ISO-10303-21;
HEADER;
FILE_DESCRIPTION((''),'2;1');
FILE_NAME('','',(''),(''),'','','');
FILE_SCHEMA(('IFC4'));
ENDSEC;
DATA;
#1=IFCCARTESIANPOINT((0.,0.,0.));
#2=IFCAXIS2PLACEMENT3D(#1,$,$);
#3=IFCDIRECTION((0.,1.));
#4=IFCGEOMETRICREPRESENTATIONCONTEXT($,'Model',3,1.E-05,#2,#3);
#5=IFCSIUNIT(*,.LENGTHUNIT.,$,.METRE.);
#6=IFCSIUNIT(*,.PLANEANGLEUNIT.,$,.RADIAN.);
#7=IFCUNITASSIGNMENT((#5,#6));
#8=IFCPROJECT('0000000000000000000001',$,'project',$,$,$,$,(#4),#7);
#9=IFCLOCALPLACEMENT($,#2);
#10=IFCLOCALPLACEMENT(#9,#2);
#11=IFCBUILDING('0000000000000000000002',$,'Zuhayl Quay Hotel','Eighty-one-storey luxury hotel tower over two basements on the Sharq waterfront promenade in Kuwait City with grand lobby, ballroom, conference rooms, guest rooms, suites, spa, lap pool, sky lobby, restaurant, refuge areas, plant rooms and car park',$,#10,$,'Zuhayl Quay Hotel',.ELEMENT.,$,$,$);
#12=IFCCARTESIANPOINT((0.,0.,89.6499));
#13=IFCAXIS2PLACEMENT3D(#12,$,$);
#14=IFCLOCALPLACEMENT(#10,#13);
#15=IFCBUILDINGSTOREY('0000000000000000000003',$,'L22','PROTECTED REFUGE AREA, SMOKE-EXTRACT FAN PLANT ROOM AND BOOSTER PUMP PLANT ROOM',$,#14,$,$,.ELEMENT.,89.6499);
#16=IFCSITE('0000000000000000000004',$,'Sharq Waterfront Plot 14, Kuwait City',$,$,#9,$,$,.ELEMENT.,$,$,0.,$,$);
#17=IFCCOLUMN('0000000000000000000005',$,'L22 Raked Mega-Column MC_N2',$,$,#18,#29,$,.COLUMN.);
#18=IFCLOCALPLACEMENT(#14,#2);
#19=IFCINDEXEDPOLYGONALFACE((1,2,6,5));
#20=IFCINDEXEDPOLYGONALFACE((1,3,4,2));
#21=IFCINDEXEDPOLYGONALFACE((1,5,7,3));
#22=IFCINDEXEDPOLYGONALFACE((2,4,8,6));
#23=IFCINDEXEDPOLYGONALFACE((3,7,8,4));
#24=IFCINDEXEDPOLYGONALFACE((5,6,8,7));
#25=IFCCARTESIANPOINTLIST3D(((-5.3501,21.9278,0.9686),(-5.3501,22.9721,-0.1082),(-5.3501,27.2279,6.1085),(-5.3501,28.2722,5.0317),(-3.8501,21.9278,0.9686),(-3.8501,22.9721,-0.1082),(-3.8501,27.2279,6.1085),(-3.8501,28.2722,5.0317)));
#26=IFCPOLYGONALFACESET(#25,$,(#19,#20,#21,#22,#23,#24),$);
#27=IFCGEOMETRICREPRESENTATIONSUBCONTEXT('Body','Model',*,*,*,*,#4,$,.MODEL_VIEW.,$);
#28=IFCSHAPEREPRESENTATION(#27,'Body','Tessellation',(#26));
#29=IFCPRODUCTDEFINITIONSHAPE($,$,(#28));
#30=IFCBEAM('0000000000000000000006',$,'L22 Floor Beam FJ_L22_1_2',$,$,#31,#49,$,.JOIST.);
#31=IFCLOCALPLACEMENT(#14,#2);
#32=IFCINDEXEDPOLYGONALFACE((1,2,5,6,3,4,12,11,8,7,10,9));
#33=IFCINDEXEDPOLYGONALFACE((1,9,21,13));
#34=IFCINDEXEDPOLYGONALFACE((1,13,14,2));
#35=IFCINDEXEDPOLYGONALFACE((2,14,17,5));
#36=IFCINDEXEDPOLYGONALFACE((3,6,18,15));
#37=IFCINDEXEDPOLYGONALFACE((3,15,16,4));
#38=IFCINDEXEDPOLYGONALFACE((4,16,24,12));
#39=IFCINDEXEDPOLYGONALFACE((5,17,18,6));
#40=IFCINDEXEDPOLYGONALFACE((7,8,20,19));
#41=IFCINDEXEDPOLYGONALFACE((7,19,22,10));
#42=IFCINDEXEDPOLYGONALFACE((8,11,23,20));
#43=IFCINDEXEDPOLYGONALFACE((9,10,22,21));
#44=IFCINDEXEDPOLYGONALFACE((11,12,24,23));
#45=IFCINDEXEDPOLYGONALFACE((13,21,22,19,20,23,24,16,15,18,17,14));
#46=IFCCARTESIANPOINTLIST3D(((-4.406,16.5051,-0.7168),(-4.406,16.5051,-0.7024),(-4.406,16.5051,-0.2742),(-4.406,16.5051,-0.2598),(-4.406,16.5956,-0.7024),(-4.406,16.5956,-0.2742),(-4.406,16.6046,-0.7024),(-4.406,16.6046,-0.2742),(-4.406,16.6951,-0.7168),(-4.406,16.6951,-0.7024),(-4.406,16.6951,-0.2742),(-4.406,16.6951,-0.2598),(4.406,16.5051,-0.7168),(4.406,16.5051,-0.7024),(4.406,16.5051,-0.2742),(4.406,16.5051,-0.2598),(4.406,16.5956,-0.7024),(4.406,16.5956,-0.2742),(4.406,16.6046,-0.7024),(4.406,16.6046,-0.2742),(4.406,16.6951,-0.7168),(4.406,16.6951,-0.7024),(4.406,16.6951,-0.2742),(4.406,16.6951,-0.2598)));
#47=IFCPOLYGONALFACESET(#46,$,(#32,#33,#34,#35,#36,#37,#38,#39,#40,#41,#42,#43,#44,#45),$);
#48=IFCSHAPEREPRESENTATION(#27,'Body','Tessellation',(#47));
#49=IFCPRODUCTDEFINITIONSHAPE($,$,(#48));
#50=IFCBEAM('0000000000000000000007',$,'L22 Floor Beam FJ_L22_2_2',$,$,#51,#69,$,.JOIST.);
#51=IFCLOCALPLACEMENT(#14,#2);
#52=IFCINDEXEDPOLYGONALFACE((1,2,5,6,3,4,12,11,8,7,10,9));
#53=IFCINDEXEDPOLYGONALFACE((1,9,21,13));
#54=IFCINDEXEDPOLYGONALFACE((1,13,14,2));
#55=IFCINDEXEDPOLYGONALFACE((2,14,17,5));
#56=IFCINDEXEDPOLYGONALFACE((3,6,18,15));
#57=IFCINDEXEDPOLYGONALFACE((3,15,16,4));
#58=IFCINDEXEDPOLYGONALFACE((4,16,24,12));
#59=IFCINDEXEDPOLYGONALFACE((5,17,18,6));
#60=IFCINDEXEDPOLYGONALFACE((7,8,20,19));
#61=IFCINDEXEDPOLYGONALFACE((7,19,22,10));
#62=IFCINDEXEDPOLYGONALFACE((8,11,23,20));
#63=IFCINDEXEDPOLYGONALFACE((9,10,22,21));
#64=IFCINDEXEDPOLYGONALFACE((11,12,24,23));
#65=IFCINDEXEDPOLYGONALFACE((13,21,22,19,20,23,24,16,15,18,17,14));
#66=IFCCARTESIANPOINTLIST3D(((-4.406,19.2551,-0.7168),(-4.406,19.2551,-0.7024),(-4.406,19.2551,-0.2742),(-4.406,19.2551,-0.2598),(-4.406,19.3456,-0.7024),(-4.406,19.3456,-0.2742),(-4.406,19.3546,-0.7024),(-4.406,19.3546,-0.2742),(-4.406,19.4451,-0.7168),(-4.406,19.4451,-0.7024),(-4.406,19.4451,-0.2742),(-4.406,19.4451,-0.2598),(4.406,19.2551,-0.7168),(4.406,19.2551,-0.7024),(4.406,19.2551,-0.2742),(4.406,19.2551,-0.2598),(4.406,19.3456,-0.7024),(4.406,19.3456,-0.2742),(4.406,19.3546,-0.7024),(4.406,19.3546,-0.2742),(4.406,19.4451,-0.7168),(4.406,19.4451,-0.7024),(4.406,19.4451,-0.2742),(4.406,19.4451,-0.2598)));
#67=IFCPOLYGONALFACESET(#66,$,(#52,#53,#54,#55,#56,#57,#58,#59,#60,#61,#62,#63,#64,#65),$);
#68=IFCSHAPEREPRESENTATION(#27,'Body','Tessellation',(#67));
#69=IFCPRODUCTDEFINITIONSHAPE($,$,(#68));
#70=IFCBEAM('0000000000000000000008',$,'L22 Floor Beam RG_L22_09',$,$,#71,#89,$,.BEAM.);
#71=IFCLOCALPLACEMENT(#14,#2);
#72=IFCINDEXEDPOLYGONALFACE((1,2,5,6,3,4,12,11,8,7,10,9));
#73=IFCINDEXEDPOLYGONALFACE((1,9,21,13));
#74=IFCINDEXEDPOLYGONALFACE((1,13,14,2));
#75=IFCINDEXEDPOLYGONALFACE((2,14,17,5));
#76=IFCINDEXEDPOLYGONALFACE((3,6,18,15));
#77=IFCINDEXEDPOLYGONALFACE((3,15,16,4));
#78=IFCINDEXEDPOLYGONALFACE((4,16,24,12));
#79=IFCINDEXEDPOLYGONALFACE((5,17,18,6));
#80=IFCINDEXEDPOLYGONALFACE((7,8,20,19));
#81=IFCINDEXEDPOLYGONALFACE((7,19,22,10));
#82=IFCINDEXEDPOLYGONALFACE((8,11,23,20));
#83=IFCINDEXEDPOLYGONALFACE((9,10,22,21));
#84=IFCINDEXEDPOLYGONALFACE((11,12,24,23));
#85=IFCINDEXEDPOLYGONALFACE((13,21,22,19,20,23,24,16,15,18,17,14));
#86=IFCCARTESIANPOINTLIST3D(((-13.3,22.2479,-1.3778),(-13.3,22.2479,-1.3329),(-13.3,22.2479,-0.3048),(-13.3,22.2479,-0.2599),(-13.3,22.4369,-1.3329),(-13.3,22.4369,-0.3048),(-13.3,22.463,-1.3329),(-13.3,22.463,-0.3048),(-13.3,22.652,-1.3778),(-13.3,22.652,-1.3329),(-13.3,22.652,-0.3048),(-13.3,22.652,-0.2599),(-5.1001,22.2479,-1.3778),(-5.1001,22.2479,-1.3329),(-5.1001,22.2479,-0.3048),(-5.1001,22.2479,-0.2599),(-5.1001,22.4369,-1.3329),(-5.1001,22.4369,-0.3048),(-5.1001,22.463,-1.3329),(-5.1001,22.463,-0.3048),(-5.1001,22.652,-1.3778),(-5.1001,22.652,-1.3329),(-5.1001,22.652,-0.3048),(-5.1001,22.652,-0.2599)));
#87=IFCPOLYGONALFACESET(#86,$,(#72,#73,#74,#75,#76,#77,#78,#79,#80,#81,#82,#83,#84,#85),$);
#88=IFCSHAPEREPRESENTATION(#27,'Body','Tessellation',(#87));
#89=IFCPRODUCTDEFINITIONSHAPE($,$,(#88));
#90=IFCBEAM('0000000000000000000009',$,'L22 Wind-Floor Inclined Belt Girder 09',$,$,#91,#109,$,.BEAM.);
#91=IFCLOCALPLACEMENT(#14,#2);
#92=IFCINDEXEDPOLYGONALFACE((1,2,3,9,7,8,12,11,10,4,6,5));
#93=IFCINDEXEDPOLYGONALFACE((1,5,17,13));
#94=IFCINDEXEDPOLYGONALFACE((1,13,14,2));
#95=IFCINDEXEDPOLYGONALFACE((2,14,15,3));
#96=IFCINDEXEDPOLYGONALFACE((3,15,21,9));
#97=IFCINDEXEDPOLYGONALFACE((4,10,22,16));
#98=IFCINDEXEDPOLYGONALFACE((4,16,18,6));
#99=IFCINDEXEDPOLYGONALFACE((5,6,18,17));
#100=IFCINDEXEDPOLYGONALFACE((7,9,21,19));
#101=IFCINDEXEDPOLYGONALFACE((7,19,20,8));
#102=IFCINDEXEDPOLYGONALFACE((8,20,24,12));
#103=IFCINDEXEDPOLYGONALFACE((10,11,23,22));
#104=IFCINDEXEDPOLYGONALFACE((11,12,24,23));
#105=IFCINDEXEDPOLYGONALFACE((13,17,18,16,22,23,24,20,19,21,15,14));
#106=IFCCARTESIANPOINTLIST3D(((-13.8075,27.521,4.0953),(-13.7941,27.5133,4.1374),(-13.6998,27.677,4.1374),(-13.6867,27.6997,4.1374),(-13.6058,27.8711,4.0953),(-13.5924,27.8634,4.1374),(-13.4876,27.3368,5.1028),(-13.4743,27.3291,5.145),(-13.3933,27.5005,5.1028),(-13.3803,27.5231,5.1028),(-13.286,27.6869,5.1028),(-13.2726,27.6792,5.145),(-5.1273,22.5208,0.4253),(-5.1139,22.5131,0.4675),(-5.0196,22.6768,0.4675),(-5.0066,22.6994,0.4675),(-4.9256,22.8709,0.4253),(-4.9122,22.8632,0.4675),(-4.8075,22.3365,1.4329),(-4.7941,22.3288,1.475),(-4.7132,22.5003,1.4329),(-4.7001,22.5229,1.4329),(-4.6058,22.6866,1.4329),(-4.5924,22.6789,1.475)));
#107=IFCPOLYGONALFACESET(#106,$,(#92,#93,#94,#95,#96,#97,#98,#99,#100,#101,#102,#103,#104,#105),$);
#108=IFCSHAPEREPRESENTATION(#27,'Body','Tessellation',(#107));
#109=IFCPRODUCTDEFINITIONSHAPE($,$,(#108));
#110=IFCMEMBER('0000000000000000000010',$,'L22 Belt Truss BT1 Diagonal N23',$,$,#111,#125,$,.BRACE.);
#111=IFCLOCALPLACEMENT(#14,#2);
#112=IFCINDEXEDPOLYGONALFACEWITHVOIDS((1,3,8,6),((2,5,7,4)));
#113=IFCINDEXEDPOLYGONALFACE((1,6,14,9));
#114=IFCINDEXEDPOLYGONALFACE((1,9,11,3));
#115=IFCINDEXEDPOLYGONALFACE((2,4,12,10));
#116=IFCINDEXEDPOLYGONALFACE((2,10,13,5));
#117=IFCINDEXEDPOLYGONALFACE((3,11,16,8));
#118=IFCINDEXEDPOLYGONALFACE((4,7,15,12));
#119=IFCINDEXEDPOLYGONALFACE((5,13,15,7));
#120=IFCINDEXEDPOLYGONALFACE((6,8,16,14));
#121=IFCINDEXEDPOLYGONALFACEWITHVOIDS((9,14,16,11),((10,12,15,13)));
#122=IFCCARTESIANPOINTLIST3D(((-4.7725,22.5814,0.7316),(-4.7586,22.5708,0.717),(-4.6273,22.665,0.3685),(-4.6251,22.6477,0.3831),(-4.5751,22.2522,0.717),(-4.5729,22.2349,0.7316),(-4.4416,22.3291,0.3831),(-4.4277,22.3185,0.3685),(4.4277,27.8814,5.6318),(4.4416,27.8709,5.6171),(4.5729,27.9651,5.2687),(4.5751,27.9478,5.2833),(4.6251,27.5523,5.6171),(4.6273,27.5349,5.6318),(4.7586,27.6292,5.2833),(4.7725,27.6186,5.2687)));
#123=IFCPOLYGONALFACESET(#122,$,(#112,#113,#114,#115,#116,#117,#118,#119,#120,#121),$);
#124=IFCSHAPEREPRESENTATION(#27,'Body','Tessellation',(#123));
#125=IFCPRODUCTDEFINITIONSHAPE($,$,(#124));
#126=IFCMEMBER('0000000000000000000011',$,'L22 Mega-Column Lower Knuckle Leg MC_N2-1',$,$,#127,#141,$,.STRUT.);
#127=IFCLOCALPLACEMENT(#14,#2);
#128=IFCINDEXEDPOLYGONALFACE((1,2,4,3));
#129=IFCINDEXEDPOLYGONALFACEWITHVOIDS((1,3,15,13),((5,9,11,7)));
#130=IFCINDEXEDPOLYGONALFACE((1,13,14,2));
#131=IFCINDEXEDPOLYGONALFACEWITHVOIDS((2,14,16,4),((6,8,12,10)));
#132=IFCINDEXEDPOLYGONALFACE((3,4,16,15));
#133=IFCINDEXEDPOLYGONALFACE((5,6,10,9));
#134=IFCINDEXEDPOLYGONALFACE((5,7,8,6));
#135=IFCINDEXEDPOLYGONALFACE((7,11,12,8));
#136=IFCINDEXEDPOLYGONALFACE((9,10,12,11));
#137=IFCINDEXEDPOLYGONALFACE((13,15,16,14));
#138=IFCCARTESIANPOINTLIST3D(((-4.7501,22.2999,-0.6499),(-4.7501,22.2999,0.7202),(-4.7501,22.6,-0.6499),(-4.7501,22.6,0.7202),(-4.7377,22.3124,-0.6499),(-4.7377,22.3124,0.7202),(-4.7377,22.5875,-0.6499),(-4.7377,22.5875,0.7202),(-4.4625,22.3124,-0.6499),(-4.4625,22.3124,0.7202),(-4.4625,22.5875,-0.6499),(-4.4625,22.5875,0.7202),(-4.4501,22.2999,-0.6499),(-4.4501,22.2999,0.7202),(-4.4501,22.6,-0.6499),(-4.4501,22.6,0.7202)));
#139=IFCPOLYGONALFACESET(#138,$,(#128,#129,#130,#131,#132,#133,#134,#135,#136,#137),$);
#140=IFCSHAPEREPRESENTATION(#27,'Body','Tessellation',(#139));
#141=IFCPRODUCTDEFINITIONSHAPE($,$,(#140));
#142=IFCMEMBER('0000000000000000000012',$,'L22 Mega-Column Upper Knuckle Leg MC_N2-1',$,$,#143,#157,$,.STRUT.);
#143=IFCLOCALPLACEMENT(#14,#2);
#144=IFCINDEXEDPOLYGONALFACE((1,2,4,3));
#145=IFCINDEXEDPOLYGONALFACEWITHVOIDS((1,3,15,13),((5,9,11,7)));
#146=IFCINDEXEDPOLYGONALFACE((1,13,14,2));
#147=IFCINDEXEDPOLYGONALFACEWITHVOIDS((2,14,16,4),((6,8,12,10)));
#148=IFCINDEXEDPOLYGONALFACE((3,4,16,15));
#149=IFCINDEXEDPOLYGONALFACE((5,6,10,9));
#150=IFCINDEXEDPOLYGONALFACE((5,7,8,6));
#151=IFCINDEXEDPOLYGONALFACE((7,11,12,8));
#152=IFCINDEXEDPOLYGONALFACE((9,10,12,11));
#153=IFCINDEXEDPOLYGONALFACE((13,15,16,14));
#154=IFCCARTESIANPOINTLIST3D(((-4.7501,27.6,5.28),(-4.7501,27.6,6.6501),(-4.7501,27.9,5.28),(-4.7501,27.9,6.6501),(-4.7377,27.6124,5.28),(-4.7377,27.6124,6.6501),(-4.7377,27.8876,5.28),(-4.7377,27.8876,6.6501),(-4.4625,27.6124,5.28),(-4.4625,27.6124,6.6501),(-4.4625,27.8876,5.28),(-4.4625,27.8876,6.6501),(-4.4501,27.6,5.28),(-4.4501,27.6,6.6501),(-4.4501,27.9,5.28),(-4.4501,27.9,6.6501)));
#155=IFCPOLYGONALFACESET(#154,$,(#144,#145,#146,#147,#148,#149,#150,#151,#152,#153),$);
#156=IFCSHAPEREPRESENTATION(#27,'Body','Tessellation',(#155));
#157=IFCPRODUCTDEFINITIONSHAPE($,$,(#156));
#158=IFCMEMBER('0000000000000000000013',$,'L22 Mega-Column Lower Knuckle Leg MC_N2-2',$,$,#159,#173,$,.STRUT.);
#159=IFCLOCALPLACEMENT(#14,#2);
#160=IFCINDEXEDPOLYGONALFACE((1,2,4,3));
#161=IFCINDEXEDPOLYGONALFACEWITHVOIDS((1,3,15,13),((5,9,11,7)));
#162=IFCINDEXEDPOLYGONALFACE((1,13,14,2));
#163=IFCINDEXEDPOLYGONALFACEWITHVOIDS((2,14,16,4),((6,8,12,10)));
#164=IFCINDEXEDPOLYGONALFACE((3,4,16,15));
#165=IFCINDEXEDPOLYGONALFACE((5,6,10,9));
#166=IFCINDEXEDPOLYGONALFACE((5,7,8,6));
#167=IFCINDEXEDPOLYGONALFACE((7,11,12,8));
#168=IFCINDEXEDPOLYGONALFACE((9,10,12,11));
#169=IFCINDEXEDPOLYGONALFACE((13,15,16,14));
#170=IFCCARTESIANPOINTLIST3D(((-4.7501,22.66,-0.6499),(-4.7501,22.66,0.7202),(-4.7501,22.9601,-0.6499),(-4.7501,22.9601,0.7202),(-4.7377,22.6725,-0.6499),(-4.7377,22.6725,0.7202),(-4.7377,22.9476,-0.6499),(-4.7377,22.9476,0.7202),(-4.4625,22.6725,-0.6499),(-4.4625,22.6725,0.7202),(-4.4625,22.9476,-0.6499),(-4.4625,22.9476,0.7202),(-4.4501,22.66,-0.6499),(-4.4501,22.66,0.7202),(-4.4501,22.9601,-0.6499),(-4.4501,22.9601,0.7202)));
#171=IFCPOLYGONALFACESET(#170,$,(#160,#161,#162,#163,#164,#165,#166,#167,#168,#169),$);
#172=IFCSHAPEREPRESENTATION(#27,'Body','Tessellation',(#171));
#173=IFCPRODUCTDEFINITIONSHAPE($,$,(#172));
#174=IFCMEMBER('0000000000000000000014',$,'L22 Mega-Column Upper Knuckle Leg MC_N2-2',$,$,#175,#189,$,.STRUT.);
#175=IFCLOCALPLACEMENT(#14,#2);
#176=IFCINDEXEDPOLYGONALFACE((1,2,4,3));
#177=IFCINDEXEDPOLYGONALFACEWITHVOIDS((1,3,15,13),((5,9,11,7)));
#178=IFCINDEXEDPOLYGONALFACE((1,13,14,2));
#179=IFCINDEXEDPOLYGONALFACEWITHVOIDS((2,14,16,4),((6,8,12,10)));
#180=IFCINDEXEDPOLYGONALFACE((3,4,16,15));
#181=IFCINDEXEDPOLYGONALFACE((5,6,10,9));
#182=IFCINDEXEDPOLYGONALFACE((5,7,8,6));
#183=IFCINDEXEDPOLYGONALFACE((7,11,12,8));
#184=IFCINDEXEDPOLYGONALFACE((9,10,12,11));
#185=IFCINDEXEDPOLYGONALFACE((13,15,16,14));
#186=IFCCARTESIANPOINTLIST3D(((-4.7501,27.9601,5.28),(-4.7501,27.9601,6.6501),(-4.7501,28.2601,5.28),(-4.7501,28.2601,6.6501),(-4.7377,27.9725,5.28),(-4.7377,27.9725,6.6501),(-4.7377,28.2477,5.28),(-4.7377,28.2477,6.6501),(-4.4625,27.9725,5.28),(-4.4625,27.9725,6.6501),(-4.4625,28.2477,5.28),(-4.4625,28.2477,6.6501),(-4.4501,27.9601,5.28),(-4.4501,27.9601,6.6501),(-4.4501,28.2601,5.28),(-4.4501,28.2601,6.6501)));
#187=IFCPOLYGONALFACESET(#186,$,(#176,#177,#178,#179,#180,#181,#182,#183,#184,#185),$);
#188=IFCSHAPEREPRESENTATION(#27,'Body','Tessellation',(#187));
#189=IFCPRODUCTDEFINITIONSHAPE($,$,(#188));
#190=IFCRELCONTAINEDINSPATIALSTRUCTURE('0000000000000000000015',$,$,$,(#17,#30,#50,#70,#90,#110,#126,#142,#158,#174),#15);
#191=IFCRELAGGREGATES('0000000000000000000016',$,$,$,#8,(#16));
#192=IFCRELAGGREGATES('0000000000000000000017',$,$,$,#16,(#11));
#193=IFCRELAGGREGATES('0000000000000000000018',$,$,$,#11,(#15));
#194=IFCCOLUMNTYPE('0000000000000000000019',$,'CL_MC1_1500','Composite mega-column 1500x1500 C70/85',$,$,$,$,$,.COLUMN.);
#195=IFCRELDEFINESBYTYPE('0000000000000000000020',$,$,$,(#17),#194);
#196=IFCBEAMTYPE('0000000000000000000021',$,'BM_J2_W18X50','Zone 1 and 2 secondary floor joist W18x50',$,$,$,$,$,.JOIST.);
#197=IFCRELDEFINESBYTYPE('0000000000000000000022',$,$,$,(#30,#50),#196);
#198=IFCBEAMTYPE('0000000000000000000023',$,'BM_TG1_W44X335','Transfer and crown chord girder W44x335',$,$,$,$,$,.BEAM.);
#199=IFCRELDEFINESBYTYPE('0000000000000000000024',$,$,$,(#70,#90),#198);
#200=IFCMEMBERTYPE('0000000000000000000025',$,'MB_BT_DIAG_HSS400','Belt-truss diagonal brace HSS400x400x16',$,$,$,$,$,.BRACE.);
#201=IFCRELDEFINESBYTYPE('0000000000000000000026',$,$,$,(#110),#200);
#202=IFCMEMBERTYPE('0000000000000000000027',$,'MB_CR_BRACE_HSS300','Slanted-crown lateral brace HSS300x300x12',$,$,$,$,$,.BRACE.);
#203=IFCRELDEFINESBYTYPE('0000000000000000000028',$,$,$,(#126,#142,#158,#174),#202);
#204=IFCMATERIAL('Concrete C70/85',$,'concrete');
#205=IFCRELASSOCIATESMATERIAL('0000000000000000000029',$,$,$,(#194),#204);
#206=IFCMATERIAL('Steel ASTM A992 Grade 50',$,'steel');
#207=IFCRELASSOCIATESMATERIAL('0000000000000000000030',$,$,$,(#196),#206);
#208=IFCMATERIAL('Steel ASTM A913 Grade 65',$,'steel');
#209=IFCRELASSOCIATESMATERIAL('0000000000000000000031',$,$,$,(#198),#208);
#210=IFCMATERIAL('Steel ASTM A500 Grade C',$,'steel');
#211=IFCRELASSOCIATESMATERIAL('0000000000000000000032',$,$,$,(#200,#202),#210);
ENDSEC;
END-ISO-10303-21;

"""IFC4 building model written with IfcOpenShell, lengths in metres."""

from ifc_helpers import new_model, si_unit, direction, frame, origin, origin_2d, place, context, subcontext, project, spatial, rectangle, hollow_rectangle, i_section, extrude, material, material_profile, profile_set, type_object, element, save


model = new_model("IFC4")

# Units and contexts
model_context = context("Model", 3, precision=1e-05, world=origin(), true_north=direction((0.0, 1.0)))
body_context = subcontext(model_context, "Body", "Model", "MODEL_VIEW")
ifc_project = project(units=[si_unit("LENGTHUNIT", "METRE"), si_unit("PLANEANGLEUNIT", "RADIAN")], contexts=[model_context])

# Site, building, storey
site_placement = place(None, origin())
site = spatial("IfcSite", under=ifc_project, at=site_placement, Name="Sharq Waterfront Plot 14, Kuwait City", CompositionType="ELEMENT", RefElevation=0.0)
building_placement = place(site_placement, origin())
building = spatial("IfcBuilding", under=site, at=building_placement, Name="Zuhayl Quay Hotel", Description="Eighty-one-storey luxury hotel tower over two basements on the Sharq waterfront promenade in Kuwait City with grand lobby, ballroom, conference rooms, guest rooms, suites, spa, lap pool, sky lobby, restaurant, refuge areas, plant rooms and car park", LongName="Zuhayl Quay Hotel", CompositionType="ELEMENT")
storey_placement = place(building_placement, frame((0.0, 0.0, 89.6499)))
storey = spatial("IfcBuildingStorey", under=building, at=storey_placement, Name="L22", Description="PROTECTED REFUGE AREA, SMOKE-EXTRACT FAN PLANT ROOM AND BOOSTER PUMP PLANT ROOM", CompositionType="ELEMENT", Elevation=89.6499)

# Column
ifc_material_1 = material(Name="Concrete C70/85", Category="concrete")
ifc_material_profile_1 = material_profile(ifc_material_1, rectangle(XDim=1.5, YDim=1.5, at=origin_2d()), Name="RC1500X1500")
ifc_profile_set_1 = profile_set([ifc_material_profile_1], Name="Concrete C70/85")
column_type = type_object("IfcColumnType", Name="CL_MC1_1500", Description="Composite mega-column 1500x1500 C70/85", PredefinedType="COLUMN", material=ifc_profile_set_1)
column_placement = place(storey_placement, frame((-4.6001, 22.45, 0.4302), z_axis=(0.0, 0.71787, 0.696177), x_axis=(-1.0, 0.0, 0.0)))
element("IfcColumn", 1, at=column_placement, inside=storey, type_object=column_type, Name="L22 Raked Mega-Column MC_N2", PredefinedType="COLUMN", context=body_context, shape_type="SweptSolid", body=[
    extrude(rectangle(XDim=1.5, YDim=1.5, at=origin_2d()), origin(), (0.0, 0.0, 1.0), 7.3831),
])

# Beams
ifc_material_2 = material(Name="Steel ASTM A992 Grade 50", Category="steel")
ifc_material_profile_2 = material_profile(ifc_material_2, i_section(OverallWidth=0.1899, OverallDepth=0.457, WebThickness=0.009, FlangeThickness=0.0144, at=origin_2d()), Name="W18X50")
ifc_profile_set_2 = profile_set([ifc_material_profile_2], Name="Steel ASTM A992 Grade 50")
beam_type_1 = type_object("IfcBeamType", Name="BM_J2_W18X50", Description="Zone 1 and 2 secondary floor joist W18x50", PredefinedType="JOIST", material=ifc_profile_set_2)
for number, where, z_axis, x_axis, name in (
    (2, (-4.406, 16.6001, -0.4883), (1.0, 0.0, 0.0), (0.0, 1.0, 0.0), "L22 Floor Beam FJ_L22_1_2"),
    (3, (-4.406, 19.3501, -0.4883), (1.0, 0.0, 0.0), (0.0, 1.0, 0.0), "L22 Floor Beam FJ_L22_2_2"),
):
    element("IfcBeam", number, at=place(storey_placement, frame(where, z_axis=z_axis, x_axis=x_axis)), inside=storey, type_object=beam_type_1, Name=name, PredefinedType="JOIST", context=body_context, shape_type="SweptSolid", body=[
        extrude(i_section(OverallWidth=0.1899, OverallDepth=0.457, WebThickness=0.009, FlangeThickness=0.0144, at=origin_2d()), origin(), (0.0, 0.0, 1.0), 8.812),
    ])
ifc_material_3 = material(Name="Steel ASTM A913 Grade 65", Category="steel")
ifc_material_profile_3 = material_profile(ifc_material_3, i_section(OverallWidth=0.4041, OverallDepth=1.1179, WebThickness=0.0261, FlangeThickness=0.0449, at=origin_2d()), Name="W44X335")
ifc_profile_set_3 = profile_set([ifc_material_profile_3], Name="Steel ASTM A913 Grade 65")
beam_type_2 = type_object("IfcBeamType", Name="BM_TG1_W44X335", Description="Transfer and crown chord girder W44x335", PredefinedType="BEAM", material=ifc_profile_set_3)
beam_1_placement = place(storey_placement, frame((-5.1001, 22.45, -0.8188), z_axis=(-1.0, 0.0, 0.0), x_axis=(0.0, -1.0, 0.0)))
element("IfcBeam", 4, at=beam_1_placement, inside=storey, type_object=beam_type_2, Name="L22 Floor Beam RG_L22_09", PredefinedType="BEAM", context=body_context, shape_type="SweptSolid", body=[
    extrude(i_section(OverallWidth=0.4041, OverallDepth=1.1179, WebThickness=0.0261, FlangeThickness=0.0449, at=origin_2d()), origin(), (0.0, 0.0, 1.0), 8.2),
])
beam_2_placement = place(storey_placement, frame((-4.8599, 22.5999, 0.9502), z_axis=(-0.813629, 0.468694, 0.343997), x_axis=(-0.499157, -0.866512, 0.0)))
element("IfcBeam", 5, at=beam_2_placement, inside=storey, type_object=beam_type_2, Name="L22 Wind-Floor Inclined Belt Girder 09", PredefinedType="BEAM", context=body_context, shape_type="SweptSolid", body=[
    extrude(i_section(OverallWidth=0.4041, OverallDepth=1.1179, WebThickness=0.0261, FlangeThickness=0.0449, at=origin_2d()), origin(), (0.0, 0.0, 1.0), 10.6685),
])

# Members
ifc_material_4 = material(Name="Steel ASTM A500 Grade C", Category="steel")
ifc_material_profile_4 = material_profile(ifc_material_4, hollow_rectangle(XDim=0.3999, YDim=0.3999, WallThickness=0.0161, at=origin_2d()), Name="HSS400X400X16")
ifc_profile_set_4 = profile_set([ifc_material_profile_4], Name="Steel ASTM A500 Grade C")
member_type_1 = type_object("IfcMemberType", Name="MB_BT_DIAG_HSS400", Description="Belt-truss diagonal brace HSS400x400x16", PredefinedType="BRACE", material=ifc_profile_set_4)
member_placement = place(storey_placement, frame((-4.6001, 22.45, 0.55), z_axis=(0.786757, 0.453235, 0.419037), x_axis=(-0.499174, 0.866502, 0.0)))
element("IfcMember", 6, at=member_placement, inside=storey, type_object=member_type_1, Name="L22 Belt Truss BT1 Diagonal N23", PredefinedType="BRACE", context=body_context, shape_type="SweptSolid", body=[
    extrude(hollow_rectangle(XDim=0.3999, YDim=0.3999, WallThickness=0.0161, at=origin_2d()), origin(), (0.0, 0.0, 1.0), 11.6938),
])
ifc_material_profile_5 = material_profile(ifc_material_4, hollow_rectangle(XDim=0.3, YDim=0.3, WallThickness=0.0125, at=origin_2d()), Name="HSS300X300X12")
ifc_profile_set_5 = profile_set([ifc_material_profile_5], Name="Steel ASTM A500 Grade C")
member_type_2 = type_object("IfcMemberType", Name="MB_CR_BRACE_HSS300", Description="Slanted-crown lateral brace HSS300x300x12", PredefinedType="BRACE", material=ifc_profile_set_5)
for number, where, z_axis, x_axis, name in (
    (7, (-4.6001, 22.45, -0.6499), (0.0, 0.0, 1.0), (1.0, 0.0, 0.0), "L22 Mega-Column Lower Knuckle Leg MC_N2-1"),
    (8, (-4.6001, 27.75, 5.28), (0.0, 0.0, 1.0), (1.0, 0.0, 0.0), "L22 Mega-Column Upper Knuckle Leg MC_N2-1"),
    (9, (-4.6001, 22.8101, -0.6499), (0.0, 0.0, 1.0), (1.0, 0.0, 0.0), "L22 Mega-Column Lower Knuckle Leg MC_N2-2"),
    (10, (-4.6001, 28.1101, 5.28), (0.0, 0.0, 1.0), (1.0, 0.0, 0.0), "L22 Mega-Column Upper Knuckle Leg MC_N2-2"),
):
    element("IfcMember", number, at=place(storey_placement, frame(where, z_axis=z_axis, x_axis=x_axis)), inside=storey, type_object=member_type_2, Name=name, PredefinedType="STRUT", context=body_context, shape_type="SweptSolid", body=[
        extrude(hollow_rectangle(XDim=0.3, YDim=0.3, WallThickness=0.0125, at=origin_2d()), origin(), (0.0, 0.0, 1.0), 1.3701),
    ])

save(model, "model.ifc")
